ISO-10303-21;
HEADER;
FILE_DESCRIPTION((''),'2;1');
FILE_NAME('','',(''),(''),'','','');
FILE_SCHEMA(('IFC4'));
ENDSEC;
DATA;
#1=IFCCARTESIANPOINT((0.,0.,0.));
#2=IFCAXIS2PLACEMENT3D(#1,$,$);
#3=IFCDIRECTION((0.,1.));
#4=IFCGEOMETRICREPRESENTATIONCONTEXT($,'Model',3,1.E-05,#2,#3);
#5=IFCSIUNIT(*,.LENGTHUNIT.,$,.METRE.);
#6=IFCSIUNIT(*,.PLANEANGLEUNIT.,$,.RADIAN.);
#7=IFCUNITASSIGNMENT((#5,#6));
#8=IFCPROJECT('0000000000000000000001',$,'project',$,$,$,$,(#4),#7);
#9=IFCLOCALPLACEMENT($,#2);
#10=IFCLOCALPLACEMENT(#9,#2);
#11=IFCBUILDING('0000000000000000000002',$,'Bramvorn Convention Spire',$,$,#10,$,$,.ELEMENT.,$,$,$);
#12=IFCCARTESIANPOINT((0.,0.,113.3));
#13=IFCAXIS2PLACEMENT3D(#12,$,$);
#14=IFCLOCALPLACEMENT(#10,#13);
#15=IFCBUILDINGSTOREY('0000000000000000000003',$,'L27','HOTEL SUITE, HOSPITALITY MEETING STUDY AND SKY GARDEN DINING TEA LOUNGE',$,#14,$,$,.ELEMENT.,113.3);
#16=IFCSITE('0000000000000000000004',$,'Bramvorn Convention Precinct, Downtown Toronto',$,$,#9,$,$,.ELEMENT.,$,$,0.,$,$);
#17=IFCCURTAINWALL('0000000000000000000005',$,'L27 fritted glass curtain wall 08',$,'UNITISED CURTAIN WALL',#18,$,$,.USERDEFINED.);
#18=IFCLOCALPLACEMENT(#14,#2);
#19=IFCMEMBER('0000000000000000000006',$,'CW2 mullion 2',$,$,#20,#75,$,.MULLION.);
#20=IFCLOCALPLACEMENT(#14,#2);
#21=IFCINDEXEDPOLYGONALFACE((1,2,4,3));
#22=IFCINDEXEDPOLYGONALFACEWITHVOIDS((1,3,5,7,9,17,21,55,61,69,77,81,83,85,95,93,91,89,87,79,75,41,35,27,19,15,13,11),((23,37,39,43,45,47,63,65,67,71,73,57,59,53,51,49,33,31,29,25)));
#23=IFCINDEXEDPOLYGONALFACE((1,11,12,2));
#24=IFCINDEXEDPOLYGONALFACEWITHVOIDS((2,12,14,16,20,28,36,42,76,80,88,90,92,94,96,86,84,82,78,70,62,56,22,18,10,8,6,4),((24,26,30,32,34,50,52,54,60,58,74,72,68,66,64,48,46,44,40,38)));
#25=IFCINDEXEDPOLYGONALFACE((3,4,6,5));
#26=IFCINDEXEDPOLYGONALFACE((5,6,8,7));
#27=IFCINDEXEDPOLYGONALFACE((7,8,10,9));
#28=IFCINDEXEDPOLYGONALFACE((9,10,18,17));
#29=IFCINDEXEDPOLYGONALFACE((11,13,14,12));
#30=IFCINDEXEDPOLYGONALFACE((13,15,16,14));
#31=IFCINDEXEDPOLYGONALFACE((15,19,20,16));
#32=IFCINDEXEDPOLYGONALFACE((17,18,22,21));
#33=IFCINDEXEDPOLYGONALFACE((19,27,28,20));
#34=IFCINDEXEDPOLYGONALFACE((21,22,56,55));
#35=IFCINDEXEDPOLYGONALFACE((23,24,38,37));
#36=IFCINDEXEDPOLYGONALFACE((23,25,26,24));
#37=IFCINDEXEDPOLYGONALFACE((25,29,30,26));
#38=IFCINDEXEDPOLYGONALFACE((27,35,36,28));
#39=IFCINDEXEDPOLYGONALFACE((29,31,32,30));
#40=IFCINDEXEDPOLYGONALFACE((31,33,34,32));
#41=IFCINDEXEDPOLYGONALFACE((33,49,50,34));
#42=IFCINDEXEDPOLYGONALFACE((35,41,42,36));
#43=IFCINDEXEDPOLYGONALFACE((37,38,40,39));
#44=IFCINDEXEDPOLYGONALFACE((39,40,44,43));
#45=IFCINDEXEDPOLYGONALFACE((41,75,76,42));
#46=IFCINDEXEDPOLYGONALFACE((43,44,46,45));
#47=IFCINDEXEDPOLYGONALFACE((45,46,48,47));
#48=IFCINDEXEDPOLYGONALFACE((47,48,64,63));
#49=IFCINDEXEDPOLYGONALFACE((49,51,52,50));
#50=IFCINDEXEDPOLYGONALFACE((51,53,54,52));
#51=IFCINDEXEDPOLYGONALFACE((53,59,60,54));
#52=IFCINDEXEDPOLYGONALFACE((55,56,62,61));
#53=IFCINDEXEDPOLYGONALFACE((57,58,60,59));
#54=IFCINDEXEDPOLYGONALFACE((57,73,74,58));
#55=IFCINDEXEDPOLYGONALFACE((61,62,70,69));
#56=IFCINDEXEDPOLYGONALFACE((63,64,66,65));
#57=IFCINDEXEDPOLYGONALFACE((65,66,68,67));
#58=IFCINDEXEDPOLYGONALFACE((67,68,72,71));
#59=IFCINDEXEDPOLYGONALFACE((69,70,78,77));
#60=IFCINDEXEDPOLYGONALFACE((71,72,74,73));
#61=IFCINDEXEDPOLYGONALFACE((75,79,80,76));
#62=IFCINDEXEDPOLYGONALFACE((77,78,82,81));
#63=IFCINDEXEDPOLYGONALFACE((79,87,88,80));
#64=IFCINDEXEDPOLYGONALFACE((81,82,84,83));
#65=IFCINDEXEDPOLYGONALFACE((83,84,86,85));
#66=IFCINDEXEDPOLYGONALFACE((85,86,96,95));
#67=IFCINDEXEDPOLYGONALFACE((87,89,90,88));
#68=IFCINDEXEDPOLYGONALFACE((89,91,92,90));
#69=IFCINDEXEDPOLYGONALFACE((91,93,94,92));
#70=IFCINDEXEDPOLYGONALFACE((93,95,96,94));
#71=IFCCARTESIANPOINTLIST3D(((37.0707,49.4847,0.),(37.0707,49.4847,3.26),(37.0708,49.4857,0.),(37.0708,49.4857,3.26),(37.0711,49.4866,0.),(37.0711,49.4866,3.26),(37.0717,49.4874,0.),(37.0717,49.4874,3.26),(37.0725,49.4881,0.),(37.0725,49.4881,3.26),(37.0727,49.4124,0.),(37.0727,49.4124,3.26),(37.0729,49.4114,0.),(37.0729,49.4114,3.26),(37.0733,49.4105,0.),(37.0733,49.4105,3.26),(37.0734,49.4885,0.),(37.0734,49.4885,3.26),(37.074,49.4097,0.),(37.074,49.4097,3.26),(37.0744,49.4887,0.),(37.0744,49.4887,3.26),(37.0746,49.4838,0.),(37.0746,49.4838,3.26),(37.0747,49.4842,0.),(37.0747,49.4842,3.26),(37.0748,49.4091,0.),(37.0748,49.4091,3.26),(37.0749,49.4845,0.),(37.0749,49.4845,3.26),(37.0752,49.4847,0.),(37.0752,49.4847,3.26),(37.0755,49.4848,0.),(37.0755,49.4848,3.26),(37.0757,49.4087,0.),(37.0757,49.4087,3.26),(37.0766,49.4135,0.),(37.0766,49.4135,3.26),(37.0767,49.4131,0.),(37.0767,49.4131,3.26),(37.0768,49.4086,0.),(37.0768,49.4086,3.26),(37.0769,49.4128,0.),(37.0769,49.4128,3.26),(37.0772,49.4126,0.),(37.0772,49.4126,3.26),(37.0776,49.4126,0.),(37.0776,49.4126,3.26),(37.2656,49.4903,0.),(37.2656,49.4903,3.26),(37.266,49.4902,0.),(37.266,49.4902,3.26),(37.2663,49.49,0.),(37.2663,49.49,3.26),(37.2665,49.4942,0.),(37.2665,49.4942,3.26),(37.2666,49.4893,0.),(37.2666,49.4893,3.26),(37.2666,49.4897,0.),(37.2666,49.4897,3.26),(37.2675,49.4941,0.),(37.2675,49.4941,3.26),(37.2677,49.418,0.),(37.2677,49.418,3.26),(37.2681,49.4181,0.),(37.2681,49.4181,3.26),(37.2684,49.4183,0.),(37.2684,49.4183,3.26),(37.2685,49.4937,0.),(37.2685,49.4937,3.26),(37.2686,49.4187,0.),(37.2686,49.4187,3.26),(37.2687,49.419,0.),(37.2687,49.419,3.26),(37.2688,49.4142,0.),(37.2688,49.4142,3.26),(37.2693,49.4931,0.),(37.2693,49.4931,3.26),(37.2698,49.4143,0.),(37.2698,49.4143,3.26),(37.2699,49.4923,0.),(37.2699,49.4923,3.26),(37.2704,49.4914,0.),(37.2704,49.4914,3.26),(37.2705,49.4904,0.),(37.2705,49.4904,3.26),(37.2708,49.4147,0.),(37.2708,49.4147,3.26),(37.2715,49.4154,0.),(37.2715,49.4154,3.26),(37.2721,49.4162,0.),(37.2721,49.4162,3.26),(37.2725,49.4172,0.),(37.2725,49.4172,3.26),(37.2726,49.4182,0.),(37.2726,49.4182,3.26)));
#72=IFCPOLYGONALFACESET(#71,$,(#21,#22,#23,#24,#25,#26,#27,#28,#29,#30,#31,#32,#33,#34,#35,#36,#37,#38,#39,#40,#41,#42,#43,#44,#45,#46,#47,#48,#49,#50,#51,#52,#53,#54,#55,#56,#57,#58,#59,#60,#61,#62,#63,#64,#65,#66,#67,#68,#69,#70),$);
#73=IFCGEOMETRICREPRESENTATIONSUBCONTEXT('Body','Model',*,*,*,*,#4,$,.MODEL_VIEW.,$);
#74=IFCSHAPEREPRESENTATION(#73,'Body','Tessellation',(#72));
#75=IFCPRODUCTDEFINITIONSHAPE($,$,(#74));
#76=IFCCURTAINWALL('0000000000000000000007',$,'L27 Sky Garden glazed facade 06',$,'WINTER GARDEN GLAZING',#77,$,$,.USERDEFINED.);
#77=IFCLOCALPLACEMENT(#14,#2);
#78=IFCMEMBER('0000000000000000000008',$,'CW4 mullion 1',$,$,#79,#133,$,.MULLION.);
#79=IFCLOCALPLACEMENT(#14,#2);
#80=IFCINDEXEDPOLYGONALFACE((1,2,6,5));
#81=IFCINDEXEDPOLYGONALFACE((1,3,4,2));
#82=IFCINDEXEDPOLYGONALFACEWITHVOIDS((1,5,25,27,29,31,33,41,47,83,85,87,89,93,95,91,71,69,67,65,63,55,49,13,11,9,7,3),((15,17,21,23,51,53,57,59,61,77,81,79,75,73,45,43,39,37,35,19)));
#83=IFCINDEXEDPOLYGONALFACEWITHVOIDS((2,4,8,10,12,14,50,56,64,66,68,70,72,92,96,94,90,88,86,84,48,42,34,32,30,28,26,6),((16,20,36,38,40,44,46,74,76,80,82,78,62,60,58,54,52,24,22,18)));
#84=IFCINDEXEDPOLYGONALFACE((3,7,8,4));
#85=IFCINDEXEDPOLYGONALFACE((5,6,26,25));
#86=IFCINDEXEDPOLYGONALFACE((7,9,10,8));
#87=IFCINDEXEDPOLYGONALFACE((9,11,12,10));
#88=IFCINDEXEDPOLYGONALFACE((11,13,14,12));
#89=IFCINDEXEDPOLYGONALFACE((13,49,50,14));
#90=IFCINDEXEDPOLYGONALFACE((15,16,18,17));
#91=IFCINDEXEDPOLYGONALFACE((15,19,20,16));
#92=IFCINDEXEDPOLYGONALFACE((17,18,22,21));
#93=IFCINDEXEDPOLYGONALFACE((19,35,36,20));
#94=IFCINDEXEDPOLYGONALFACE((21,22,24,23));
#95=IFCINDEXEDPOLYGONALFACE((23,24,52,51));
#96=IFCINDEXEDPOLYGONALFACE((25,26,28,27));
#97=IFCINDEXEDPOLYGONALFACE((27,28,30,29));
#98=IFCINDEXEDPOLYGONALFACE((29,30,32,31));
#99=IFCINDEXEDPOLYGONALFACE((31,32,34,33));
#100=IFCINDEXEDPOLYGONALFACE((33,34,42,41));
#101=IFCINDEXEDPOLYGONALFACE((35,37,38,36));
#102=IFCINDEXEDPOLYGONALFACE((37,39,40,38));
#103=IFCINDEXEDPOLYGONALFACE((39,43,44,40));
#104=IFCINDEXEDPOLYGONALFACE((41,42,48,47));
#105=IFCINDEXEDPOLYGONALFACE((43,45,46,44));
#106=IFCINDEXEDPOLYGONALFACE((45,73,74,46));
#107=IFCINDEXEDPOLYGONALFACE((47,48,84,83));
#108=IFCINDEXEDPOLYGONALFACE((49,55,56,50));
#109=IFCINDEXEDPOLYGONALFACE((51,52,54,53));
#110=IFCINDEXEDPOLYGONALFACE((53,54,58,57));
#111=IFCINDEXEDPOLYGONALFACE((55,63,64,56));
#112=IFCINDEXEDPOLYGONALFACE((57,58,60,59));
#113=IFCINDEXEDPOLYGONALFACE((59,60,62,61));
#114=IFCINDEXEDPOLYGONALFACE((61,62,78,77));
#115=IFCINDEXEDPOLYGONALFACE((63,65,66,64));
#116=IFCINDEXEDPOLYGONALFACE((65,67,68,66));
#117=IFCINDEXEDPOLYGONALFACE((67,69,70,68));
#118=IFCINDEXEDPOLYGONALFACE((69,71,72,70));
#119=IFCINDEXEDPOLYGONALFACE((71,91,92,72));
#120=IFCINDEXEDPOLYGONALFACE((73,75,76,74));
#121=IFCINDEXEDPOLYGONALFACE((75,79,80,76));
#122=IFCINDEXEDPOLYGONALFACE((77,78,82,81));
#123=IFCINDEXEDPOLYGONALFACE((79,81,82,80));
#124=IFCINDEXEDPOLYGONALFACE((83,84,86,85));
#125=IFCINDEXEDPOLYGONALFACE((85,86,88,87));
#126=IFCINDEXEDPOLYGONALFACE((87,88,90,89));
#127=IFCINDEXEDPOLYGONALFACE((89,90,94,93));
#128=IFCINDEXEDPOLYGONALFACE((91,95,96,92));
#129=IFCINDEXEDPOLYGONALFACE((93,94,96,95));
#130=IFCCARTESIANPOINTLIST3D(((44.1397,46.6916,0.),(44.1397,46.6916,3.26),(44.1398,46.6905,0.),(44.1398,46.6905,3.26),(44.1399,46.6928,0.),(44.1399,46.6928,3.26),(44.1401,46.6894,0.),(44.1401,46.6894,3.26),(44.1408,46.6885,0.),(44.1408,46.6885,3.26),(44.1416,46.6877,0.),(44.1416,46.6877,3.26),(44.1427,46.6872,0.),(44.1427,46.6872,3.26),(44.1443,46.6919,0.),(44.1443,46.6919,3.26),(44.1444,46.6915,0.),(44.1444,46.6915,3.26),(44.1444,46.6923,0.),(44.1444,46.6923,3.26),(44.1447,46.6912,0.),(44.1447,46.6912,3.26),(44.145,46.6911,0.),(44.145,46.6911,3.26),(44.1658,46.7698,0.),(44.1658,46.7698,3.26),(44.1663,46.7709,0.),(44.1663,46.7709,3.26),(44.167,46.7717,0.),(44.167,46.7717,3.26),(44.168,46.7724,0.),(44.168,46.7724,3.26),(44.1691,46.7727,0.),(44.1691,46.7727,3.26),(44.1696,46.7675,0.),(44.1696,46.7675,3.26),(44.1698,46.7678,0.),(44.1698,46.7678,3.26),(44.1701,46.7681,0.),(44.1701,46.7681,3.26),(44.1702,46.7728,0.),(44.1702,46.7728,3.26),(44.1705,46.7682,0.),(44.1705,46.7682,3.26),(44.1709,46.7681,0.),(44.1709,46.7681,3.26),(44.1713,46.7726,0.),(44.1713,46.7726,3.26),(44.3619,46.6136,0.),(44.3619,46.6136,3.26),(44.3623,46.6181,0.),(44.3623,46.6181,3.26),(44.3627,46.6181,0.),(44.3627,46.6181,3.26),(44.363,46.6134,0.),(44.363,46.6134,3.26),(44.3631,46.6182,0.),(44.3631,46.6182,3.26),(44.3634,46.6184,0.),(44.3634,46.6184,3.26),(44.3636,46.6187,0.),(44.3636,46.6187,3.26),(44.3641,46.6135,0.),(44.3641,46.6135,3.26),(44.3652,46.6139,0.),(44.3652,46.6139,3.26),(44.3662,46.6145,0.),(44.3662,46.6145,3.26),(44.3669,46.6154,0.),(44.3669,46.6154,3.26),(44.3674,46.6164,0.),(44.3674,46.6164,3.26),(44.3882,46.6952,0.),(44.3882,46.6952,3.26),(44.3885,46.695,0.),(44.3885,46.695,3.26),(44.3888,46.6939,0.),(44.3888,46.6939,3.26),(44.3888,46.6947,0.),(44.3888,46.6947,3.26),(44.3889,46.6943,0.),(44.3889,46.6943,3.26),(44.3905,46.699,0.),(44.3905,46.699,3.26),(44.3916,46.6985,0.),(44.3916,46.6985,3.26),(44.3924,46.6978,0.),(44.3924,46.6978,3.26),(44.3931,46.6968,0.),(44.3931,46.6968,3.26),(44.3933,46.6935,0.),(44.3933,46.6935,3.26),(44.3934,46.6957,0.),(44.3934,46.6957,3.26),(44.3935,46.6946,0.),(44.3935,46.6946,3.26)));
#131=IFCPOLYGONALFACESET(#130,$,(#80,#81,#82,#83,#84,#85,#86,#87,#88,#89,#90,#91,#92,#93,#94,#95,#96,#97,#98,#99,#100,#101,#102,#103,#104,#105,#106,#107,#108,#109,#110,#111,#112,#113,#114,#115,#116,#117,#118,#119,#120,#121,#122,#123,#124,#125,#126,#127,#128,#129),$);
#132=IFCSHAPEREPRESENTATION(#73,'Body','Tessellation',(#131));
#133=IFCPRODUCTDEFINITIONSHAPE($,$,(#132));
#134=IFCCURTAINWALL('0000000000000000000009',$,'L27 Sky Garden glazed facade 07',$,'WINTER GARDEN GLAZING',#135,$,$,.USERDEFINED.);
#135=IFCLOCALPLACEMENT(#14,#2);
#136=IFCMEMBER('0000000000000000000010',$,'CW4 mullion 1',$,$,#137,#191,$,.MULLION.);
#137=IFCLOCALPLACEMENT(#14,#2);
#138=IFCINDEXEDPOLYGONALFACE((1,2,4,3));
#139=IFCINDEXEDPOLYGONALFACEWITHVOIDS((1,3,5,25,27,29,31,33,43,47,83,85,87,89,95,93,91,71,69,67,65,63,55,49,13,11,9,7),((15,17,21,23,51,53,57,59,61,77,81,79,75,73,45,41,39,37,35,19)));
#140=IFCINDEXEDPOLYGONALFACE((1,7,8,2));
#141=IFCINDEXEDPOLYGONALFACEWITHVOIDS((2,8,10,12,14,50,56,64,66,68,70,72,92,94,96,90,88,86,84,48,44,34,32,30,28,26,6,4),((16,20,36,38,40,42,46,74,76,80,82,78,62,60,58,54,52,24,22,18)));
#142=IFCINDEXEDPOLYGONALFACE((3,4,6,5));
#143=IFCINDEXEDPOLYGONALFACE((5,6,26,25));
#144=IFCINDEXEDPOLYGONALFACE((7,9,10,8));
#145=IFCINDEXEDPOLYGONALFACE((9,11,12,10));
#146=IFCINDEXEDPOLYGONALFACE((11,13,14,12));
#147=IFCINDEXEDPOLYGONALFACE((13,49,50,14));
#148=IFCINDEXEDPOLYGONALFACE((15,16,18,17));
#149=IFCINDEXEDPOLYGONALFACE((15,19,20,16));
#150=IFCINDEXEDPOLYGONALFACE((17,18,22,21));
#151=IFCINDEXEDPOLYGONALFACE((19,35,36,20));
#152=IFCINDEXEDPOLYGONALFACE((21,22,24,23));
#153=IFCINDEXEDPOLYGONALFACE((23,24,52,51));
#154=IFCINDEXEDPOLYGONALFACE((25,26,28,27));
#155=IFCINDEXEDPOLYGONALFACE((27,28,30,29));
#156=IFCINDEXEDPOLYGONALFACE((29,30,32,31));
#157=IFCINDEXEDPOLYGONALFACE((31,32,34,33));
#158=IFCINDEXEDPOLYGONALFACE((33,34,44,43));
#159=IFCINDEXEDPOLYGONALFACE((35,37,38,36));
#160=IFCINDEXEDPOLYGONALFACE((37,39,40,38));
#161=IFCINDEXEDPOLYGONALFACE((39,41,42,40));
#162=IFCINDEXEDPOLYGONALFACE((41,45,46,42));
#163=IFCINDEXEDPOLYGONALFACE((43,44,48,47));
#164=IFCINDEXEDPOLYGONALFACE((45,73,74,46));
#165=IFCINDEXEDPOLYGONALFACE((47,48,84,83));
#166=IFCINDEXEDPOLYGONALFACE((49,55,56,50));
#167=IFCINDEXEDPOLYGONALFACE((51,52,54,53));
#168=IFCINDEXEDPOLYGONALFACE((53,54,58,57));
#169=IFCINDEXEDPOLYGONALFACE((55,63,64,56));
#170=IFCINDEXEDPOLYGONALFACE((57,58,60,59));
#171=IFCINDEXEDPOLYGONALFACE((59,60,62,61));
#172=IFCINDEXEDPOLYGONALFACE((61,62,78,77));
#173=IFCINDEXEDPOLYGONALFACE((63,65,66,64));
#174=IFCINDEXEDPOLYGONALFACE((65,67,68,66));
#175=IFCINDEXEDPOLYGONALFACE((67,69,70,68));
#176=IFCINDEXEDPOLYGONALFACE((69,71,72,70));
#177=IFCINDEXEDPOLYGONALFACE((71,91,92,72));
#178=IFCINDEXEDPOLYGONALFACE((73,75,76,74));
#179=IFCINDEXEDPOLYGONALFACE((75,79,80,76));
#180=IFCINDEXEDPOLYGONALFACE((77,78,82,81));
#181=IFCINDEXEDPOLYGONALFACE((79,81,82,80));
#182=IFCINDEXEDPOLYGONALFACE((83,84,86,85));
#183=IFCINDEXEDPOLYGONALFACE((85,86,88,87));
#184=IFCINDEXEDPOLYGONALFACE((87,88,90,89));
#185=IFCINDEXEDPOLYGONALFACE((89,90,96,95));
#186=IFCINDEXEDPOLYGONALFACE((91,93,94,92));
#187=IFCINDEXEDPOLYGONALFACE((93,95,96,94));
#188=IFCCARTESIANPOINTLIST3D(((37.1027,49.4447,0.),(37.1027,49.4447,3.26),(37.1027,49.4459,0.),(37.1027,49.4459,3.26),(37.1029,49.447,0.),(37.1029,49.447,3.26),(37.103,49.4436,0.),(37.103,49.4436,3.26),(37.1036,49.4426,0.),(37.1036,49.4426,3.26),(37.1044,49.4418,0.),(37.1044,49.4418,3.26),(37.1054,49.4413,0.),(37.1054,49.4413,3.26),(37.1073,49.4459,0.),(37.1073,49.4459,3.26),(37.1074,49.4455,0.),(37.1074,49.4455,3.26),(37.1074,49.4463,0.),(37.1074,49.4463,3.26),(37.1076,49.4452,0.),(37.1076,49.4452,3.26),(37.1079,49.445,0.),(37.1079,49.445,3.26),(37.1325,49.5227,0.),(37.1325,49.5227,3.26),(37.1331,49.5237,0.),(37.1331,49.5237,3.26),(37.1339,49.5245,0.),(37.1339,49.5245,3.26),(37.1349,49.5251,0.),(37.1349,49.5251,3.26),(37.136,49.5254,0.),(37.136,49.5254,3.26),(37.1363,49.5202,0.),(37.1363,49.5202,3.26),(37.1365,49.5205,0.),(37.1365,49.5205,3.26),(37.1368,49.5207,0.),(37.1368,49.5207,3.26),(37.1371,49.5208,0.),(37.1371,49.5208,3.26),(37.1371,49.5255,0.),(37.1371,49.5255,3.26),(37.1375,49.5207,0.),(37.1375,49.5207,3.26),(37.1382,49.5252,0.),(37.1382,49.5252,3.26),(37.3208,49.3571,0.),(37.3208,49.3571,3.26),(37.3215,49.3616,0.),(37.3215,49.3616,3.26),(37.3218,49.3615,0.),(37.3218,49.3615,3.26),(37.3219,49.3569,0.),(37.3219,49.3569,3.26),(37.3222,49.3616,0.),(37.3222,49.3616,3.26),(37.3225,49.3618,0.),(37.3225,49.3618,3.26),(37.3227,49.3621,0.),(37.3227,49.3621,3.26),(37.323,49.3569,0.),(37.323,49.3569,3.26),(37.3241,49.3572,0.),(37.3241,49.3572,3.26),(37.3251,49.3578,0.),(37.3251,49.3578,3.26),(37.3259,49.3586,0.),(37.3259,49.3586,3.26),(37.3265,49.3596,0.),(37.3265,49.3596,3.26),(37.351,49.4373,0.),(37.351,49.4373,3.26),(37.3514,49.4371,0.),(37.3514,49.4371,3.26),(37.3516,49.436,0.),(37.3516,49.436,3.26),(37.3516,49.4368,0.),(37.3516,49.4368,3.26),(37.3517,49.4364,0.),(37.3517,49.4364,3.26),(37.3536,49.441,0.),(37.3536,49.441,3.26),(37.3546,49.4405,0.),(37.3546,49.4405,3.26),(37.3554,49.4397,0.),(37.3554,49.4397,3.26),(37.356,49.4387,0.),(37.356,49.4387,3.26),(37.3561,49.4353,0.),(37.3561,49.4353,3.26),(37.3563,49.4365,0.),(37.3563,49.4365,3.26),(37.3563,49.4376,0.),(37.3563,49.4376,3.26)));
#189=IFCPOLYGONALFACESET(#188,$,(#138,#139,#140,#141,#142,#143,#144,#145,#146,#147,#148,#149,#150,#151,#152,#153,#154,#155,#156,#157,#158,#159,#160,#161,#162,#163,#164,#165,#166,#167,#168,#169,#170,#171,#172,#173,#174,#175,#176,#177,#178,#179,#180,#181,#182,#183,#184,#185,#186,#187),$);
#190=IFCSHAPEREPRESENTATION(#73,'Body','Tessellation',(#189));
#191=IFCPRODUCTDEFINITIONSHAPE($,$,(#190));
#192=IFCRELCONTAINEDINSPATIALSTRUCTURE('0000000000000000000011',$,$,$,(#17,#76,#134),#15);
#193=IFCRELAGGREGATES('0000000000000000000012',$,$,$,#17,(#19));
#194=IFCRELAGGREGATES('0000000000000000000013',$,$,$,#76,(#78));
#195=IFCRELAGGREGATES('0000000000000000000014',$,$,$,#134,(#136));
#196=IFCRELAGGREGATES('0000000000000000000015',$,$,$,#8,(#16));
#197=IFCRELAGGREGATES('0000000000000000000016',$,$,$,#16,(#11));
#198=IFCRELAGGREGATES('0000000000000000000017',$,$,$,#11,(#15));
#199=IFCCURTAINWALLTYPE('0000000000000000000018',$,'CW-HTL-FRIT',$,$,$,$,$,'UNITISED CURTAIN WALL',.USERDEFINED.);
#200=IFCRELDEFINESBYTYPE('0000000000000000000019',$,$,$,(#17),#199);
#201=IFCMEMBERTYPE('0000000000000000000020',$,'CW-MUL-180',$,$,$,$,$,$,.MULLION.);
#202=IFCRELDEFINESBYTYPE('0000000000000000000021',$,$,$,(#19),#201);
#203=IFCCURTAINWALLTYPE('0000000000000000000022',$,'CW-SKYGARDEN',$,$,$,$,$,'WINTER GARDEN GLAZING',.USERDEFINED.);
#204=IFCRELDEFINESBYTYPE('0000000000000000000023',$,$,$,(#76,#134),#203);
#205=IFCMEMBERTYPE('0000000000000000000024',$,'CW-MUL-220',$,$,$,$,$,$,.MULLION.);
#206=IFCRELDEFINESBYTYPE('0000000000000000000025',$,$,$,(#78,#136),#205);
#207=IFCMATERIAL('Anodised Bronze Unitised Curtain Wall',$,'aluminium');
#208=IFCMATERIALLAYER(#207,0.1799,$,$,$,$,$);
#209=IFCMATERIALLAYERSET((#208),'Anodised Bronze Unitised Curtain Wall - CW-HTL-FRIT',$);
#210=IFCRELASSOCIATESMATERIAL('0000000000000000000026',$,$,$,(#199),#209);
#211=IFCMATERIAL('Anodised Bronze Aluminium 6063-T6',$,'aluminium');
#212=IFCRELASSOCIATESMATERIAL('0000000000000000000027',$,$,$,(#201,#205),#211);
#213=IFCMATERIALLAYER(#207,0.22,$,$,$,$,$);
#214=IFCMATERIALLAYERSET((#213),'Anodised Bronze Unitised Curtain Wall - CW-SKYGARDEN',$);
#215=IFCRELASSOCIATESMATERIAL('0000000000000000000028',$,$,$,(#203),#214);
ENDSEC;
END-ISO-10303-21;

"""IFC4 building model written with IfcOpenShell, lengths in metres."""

from ifc_helpers import new_model, si_unit, direction, frame, origin, origin_2d, place, context, subcontext, project, spatial, hollow_rectangle, extrude, material, layer, layer_set, material_profile, profile_set, type_object, element, aggregate, save


model = new_model("IFC4")

# Units and contexts
model_context = context("Model", 3, precision=1e-05, world=origin(), true_north=direction((0.0, 1.0)))
body_context = subcontext(model_context, "Body", "Model", "MODEL_VIEW")
ifc_project = project(units=[si_unit("LENGTHUNIT", "METRE"), si_unit("PLANEANGLEUNIT", "RADIAN")], contexts=[model_context])

# Site, building, storey
site_placement = place(None, origin())
site = spatial("IfcSite", under=ifc_project, at=site_placement, Name="Bramvorn Convention Precinct, Downtown Toronto", CompositionType="ELEMENT", RefElevation=0.0)
building_placement = place(site_placement, origin())
building = spatial("IfcBuilding", under=site, at=building_placement, Name="Bramvorn Convention Spire", CompositionType="ELEMENT")
storey_placement = place(building_placement, frame((0.0, 0.0, 113.3)))
storey = spatial("IfcBuildingStorey", under=building, at=storey_placement, Name="L27", Description="HOTEL SUITE, HOSPITALITY MEETING STUDY AND SKY GARDEN DINING TEA LOUNGE", CompositionType="ELEMENT", Elevation=113.3)

# Curtain walls, members
ifc_material_1 = material(Name="Anodised Bronze Unitised Curtain Wall", Category="aluminium")
ifc_layer_1 = layer(ifc_material_1, 0.1799)
ifc_layer_set_1 = layer_set([ifc_layer_1], Name="Anodised Bronze Unitised Curtain Wall - CW-HTL-FRIT")
curtain_wall_type_1 = type_object("IfcCurtainWallType", Name="CW-HTL-FRIT", ElementType="UNITISED CURTAIN WALL", PredefinedType="USERDEFINED", material=ifc_layer_set_1)
curtain_wall_1_placement = place(storey_placement, origin())
curtain_wall_1 = element("IfcCurtainWall", 1, at=curtain_wall_1_placement, inside=storey, type_object=curtain_wall_type_1, Name="L27 fritted glass curtain wall 08", ObjectType="UNITISED CURTAIN WALL", PredefinedType="USERDEFINED")
ifc_material_2 = material(Name="Anodised Bronze Aluminium 6063-T6", Category="aluminium")
ifc_material_profile_1 = material_profile(ifc_material_2, hollow_rectangle(XDim=0.0801, YDim=0.2, WallThickness=0.0039, InnerFilletRadius=0.001, OuterFilletRadius=0.0039, at=origin_2d()))
ifc_profile_set_1 = profile_set([ifc_material_profile_1], Name="Anodised Bronze Aluminium 6063-T6 - CWM80X200")
member_type_1 = type_object("IfcMemberType", Name="CW-MUL-180", PredefinedType="MULLION", material=ifc_profile_set_1)
member_1_placement = place(storey_placement, frame((37.1716, 49.4514, 0.0), z_axis=(0.0, 0.0, 1.0), x_axis=(-0.028788, 0.999586, 0.0)))
member_1 = element("IfcMember", 2, at=member_1_placement, type_object=member_type_1, Name="CW2 mullion 2", PredefinedType="MULLION", context=body_context, shape_type="SweptSolid", body=[
    extrude(hollow_rectangle(XDim=0.0801, YDim=0.2, WallThickness=0.0039, InnerFilletRadius=0.001, OuterFilletRadius=0.0039, at=origin_2d()), origin(), (0.0, 0.0, 1.0), 3.26),
])
aggregate(curtain_wall_1, [member_1])
ifc_layer_2 = layer(ifc_material_1, 0.22)
ifc_layer_set_2 = layer_set([ifc_layer_2], Name="Anodised Bronze Unitised Curtain Wall - CW-SKYGARDEN")
curtain_wall_type_2 = type_object("IfcCurtainWallType", Name="CW-SKYGARDEN", ElementType="WINTER GARDEN GLAZING", PredefinedType="USERDEFINED", material=ifc_layer_set_2)
curtain_wall_2_placement = place(storey_placement, origin())
curtain_wall_2 = element("IfcCurtainWall", 3, at=curtain_wall_2_placement, inside=storey, type_object=curtain_wall_type_2, Name="L27 Sky Garden glazed facade 06", ObjectType="WINTER GARDEN GLAZING", PredefinedType="USERDEFINED")
ifc_material_profile_2 = material_profile(ifc_material_2, hollow_rectangle(XDim=0.0901, YDim=0.24, WallThickness=0.0044, InnerFilletRadius=0.001, OuterFilletRadius=0.0044, at=origin_2d()))
ifc_profile_set_2 = profile_set([ifc_material_profile_2], Name="Anodised Bronze Aluminium 6063-T6 - CWM90X240")
member_type_2 = type_object("IfcMemberType", Name="CW-MUL-220", PredefinedType="MULLION", material=ifc_profile_set_2)
member_2_placement = place(storey_placement, frame((44.2666, 46.6931, 0.0), z_axis=(0.0, 0.0, 1.0), x_axis=(0.318232, 0.948013, 0.0)))
member_2 = element("IfcMember", 4, at=member_2_placement, type_object=member_type_2, Name="CW4 mullion 1", PredefinedType="MULLION", context=body_context, shape_type="SweptSolid", body=[
    extrude(hollow_rectangle(XDim=0.0901, YDim=0.24, WallThickness=0.0044, InnerFilletRadius=0.001, OuterFilletRadius=0.0044, at=origin_2d()), origin(), (0.0, 0.0, 1.0), 3.26),
])

# Curtain wall, member
curtain_wall_3_placement = place(storey_placement, origin())
curtain_wall_3 = element("IfcCurtainWall", 5, at=curtain_wall_3_placement, inside=storey, type_object=curtain_wall_type_2, Name="L27 Sky Garden glazed facade 07", ObjectType="WINTER GARDEN GLAZING", PredefinedType="USERDEFINED")
member_3_placement = place(storey_placement, frame((37.2295, 49.4412, 0.0), z_axis=(0.0, 0.0, 1.0), x_axis=(0.363962, 0.931414, 0.0)))
member_3 = element("IfcMember", 6, at=member_3_placement, type_object=member_type_2, Name="CW4 mullion 1", PredefinedType="MULLION", context=body_context, shape_type="SweptSolid", body=[
    extrude(hollow_rectangle(XDim=0.0901, YDim=0.24, WallThickness=0.0044, InnerFilletRadius=0.001, OuterFilletRadius=0.0044, at=origin_2d()), origin(), (0.0, 0.0, 1.0), 3.26),
])

aggregate(curtain_wall_2, [member_2])

aggregate(curtain_wall_3, [member_3])

save(model, "model.ifc")
